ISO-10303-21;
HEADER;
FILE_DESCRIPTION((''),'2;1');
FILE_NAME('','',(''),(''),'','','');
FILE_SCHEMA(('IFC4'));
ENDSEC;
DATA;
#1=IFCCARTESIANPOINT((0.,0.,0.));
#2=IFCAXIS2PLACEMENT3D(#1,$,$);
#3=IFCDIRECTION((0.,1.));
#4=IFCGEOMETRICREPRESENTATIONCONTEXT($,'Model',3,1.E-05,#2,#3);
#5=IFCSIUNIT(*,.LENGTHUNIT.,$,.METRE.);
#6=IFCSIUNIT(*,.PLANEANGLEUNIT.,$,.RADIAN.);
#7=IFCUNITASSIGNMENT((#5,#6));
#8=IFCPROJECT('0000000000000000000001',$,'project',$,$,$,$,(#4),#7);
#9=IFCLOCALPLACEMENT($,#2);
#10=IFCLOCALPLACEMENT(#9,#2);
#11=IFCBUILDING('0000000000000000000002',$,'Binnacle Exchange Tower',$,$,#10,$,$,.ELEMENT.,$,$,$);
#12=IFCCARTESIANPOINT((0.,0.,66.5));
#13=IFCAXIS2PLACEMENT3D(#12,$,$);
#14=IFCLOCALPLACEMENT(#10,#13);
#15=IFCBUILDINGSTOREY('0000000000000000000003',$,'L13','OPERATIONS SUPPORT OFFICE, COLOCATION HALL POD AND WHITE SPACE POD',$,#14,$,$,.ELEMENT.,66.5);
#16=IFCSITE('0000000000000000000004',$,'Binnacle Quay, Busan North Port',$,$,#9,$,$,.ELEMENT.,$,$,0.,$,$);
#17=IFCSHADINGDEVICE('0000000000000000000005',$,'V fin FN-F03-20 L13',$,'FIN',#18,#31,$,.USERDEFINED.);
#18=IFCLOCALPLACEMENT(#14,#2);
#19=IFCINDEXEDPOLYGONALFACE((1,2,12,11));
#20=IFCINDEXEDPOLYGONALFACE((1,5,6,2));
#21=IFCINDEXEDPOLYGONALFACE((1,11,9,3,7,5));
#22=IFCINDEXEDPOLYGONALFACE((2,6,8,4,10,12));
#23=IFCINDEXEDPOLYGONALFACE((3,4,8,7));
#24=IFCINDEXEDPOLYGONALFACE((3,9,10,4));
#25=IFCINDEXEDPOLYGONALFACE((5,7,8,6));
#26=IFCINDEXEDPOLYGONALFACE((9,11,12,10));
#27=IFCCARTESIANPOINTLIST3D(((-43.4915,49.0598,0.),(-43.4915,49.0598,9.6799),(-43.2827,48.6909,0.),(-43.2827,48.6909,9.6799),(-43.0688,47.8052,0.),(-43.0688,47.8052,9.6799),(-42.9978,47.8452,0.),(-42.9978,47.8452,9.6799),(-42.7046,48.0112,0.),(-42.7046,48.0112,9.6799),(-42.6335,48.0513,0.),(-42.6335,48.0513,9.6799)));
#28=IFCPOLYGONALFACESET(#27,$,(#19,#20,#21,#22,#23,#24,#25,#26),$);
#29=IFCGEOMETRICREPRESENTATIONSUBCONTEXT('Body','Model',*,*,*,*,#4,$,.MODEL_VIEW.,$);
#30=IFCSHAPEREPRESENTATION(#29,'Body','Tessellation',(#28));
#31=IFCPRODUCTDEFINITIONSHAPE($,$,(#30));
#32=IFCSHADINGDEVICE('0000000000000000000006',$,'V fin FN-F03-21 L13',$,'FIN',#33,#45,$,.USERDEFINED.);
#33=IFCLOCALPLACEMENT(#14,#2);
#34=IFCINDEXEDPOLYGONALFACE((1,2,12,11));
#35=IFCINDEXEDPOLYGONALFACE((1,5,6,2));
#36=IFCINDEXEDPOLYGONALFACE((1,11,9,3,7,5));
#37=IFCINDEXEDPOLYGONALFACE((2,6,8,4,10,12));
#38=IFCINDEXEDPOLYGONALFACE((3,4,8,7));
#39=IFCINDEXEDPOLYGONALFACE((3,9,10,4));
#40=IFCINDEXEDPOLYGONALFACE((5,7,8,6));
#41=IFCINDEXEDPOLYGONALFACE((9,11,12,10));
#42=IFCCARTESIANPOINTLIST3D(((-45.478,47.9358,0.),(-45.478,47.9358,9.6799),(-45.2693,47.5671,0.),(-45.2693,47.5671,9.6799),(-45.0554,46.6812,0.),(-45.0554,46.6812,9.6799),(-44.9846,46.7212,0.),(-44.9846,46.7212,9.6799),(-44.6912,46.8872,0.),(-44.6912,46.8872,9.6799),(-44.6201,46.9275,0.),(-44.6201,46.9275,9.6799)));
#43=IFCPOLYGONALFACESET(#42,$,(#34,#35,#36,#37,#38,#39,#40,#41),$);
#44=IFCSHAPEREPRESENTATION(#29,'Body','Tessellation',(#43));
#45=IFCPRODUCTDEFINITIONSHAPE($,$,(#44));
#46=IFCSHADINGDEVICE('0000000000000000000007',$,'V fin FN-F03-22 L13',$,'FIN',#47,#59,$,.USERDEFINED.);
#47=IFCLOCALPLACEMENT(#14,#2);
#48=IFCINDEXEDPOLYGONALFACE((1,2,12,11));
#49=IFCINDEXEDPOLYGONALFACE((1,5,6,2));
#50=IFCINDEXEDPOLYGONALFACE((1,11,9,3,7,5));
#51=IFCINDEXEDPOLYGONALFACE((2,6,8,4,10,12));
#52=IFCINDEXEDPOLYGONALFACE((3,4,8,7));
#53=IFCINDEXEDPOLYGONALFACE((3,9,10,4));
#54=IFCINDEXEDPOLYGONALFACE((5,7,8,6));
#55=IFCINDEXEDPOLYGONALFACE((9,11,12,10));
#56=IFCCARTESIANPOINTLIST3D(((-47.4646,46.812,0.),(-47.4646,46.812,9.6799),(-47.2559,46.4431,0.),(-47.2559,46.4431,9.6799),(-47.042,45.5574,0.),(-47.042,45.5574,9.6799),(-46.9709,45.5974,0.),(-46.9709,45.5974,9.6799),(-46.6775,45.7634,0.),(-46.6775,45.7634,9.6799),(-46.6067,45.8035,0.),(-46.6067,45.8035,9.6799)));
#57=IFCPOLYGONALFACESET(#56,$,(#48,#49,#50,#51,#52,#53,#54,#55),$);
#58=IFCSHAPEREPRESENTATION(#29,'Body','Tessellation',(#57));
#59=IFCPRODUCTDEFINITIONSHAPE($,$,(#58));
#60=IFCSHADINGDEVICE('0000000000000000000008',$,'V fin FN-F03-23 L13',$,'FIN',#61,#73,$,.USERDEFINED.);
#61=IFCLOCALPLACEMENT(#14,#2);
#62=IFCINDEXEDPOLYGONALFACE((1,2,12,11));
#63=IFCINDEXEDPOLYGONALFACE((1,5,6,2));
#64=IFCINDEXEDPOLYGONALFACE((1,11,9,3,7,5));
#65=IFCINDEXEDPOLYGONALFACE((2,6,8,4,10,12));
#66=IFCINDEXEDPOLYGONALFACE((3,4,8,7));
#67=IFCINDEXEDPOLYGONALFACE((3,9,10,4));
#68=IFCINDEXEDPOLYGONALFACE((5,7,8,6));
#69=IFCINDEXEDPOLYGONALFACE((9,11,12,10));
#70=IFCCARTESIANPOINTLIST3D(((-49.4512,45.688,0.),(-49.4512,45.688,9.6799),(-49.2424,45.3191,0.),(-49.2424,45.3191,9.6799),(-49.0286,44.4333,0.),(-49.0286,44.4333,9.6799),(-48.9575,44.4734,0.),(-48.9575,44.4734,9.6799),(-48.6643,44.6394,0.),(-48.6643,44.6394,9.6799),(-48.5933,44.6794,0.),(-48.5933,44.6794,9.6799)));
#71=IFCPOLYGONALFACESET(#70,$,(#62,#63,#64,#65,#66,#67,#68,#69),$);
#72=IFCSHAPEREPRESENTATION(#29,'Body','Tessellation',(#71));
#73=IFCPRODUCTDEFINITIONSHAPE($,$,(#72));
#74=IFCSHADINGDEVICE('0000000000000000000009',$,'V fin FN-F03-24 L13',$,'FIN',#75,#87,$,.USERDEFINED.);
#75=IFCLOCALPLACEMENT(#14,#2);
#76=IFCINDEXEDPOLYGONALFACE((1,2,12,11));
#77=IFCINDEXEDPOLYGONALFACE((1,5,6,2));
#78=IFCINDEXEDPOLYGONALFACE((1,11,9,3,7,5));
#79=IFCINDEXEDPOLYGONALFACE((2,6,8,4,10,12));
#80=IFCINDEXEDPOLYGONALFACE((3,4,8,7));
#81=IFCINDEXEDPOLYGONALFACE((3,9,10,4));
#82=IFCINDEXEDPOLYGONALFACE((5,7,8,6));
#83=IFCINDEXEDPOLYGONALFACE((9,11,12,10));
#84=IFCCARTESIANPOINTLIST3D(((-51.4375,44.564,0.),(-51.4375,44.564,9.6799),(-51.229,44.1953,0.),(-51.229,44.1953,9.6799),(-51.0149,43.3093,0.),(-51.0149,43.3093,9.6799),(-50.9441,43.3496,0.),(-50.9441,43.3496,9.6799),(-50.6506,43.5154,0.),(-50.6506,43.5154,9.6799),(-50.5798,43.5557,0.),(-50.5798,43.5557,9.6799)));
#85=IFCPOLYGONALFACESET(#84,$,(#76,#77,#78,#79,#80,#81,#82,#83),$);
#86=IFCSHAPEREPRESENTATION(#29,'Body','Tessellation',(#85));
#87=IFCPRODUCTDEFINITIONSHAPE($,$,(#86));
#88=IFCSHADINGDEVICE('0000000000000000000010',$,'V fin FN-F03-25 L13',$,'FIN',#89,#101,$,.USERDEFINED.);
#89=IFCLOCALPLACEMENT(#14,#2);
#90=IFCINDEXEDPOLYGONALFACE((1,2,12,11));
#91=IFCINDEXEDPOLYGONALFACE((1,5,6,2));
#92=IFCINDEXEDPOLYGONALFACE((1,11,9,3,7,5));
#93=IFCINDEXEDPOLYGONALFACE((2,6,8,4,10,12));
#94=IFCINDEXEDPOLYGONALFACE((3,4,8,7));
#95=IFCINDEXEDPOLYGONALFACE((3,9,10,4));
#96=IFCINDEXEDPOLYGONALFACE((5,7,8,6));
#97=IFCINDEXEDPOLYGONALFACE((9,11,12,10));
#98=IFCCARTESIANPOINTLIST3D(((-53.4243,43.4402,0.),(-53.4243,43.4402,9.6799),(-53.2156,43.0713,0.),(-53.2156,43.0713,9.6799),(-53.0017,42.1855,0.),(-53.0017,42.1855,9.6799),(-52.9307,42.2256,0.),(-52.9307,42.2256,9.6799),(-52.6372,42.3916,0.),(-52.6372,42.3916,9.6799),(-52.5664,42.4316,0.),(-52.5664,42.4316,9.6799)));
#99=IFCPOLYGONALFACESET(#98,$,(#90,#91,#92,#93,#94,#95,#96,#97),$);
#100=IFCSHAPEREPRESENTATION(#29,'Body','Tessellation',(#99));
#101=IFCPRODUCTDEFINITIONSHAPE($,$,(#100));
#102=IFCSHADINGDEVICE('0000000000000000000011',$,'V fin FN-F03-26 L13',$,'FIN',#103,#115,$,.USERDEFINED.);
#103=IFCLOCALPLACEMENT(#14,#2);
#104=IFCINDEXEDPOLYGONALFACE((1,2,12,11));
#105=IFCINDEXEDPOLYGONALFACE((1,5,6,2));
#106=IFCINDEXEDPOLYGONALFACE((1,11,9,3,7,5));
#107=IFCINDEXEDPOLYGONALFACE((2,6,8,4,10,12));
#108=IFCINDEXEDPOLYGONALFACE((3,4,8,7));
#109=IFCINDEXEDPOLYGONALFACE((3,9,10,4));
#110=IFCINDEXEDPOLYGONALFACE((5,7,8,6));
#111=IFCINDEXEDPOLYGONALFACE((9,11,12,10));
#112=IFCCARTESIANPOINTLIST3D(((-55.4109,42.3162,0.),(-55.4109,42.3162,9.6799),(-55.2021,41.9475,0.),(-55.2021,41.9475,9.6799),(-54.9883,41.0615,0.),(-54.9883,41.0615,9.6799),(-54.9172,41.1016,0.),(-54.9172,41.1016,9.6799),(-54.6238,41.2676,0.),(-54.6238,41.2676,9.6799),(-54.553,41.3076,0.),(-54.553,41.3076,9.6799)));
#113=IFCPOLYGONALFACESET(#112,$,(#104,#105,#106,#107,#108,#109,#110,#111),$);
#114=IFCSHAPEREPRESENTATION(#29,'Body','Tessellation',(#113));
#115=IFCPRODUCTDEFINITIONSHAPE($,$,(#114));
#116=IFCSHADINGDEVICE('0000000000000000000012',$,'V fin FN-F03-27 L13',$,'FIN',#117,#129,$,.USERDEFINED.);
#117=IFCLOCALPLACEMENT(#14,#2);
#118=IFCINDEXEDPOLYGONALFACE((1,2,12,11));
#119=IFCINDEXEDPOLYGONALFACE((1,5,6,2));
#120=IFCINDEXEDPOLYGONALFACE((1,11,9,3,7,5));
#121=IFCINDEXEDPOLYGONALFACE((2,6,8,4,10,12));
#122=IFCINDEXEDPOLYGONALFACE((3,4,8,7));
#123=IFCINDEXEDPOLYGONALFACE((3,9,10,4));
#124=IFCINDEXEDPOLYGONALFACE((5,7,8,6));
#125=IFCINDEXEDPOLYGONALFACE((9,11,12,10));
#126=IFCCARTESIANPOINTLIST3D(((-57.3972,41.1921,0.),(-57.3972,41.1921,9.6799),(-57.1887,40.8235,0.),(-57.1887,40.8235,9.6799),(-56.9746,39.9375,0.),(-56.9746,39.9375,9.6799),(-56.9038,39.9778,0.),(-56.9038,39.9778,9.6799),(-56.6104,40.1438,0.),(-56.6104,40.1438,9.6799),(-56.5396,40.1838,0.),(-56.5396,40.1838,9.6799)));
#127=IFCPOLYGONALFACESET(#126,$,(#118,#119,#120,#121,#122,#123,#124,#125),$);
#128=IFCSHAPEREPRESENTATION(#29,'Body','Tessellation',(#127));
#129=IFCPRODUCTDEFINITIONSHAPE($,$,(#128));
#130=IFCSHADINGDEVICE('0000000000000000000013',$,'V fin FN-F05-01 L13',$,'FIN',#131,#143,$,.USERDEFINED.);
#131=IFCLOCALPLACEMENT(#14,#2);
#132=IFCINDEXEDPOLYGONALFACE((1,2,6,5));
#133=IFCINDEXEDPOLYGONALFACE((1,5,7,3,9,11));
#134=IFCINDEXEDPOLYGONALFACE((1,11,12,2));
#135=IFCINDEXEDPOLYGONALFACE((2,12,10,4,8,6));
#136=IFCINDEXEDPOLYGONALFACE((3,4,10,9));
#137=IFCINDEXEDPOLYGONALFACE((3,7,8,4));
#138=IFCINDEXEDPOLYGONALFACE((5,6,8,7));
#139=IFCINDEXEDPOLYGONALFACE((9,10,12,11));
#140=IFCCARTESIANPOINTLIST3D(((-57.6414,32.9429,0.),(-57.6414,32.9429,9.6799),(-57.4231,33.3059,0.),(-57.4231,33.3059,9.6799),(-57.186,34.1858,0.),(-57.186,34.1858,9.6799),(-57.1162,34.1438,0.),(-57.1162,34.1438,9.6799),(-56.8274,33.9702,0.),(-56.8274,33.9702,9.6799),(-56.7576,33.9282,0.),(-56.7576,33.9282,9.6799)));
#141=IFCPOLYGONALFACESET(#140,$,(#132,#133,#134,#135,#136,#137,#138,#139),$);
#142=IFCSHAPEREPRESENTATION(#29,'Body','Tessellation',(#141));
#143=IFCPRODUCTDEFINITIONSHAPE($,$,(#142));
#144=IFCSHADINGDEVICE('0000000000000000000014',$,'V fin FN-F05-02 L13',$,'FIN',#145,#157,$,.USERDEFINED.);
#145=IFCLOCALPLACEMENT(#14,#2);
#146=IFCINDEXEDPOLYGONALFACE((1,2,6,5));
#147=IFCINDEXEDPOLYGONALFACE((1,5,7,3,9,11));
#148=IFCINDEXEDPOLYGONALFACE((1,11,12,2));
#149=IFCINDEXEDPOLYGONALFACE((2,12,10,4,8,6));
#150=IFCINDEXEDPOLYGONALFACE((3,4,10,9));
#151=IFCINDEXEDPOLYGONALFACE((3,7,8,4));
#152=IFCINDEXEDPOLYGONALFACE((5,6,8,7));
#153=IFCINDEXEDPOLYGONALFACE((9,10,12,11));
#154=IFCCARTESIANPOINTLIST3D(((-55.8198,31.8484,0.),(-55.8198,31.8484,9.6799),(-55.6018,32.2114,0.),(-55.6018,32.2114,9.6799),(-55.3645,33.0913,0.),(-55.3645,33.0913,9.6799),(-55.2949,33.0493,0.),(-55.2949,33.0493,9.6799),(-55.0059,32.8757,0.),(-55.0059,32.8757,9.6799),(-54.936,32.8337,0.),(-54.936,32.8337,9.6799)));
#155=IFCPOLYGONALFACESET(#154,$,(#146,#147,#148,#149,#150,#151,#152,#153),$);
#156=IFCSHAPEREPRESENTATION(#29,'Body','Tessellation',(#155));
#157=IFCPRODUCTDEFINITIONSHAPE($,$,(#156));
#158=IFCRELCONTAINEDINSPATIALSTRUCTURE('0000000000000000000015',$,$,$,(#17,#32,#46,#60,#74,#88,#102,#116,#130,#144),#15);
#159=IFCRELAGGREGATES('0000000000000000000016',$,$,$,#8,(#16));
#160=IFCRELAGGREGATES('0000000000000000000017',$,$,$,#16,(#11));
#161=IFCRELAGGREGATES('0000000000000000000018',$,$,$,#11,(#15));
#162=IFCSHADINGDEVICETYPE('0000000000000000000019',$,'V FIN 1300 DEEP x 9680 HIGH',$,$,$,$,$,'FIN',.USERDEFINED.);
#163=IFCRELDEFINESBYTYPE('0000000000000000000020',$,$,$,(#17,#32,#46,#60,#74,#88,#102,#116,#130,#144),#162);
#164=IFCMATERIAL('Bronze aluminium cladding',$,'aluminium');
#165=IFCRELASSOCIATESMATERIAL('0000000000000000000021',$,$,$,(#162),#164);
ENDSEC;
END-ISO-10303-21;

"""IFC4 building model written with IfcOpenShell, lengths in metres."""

from ifc_helpers import new_model, si_unit, direction, frame, origin, place, context, subcontext, project, spatial, polyline, outline, extrude, material, type_object, element, save


model = new_model("IFC4")

# Units and contexts
model_context = context("Model", 3, precision=1e-05, world=origin(), true_north=direction((0.0, 1.0)))
body_context = subcontext(model_context, "Body", "Model", "MODEL_VIEW")
ifc_project = project(units=[si_unit("LENGTHUNIT", "METRE"), si_unit("PLANEANGLEUNIT", "RADIAN")], contexts=[model_context])

# Site, building, storey
site_placement = place(None, origin())
site = spatial("IfcSite", under=ifc_project, at=site_placement, Name="Binnacle Quay, Busan North Port", CompositionType="ELEMENT", RefElevation=0.0)
building_placement = place(site_placement, origin())
building = spatial("IfcBuilding", under=site, at=building_placement, Name="Binnacle Exchange Tower", CompositionType="ELEMENT")
storey_placement = place(building_placement, frame((0.0, 0.0, 66.5)))
storey = spatial("IfcBuildingStorey", under=building, at=storey_placement, Name="L13", Description="OPERATIONS SUPPORT OFFICE, COLOCATION HALL POD AND WHITE SPACE POD", CompositionType="ELEMENT", Elevation=66.5)

# Shading devices
ifc_material = material(Name="Bronze aluminium cladding", Category="aluminium")
shading_device_type = type_object("IfcShadingDeviceType", Name="V FIN 1300 DEEP x 9680 HIGH", ElementType="FIN", PredefinedType="USERDEFINED", material=ifc_material)
shading_device_1_placement = place(storey_placement, origin())
element("IfcShadingDevice", 1, at=shading_device_1_placement, inside=storey, type_object=shading_device_type, Name="V fin FN-F03-20 L13", ObjectType="FIN", PredefinedType="USERDEFINED", context=body_context, shape_type="SweptSolid", body=[
    extrude(outline(polyline([(-42.6335, 48.0513), (-43.4915, 49.0598), (-43.0688, 47.8052), (-42.9978, 47.8452), (-43.2827, 48.6909), (-42.7046, 48.0112), (-42.6335, 48.0513)])), origin(), (0.0, 0.0, 1.0), 9.6799),
])
shading_device_2_placement = place(storey_placement, origin())
element("IfcShadingDevice", 2, at=shading_device_2_placement, inside=storey, type_object=shading_device_type, Name="V fin FN-F03-21 L13", ObjectType="FIN", PredefinedType="USERDEFINED", context=body_context, shape_type="SweptSolid", body=[
    extrude(outline(polyline([(-44.6201, 46.9275), (-45.478, 47.9358), (-45.0554, 46.6812), (-44.9846, 46.7212), (-45.2693, 47.5671), (-44.6912, 46.8872), (-44.6201, 46.9275)])), origin(), (0.0, 0.0, 1.0), 9.6799),
])
shading_device_3_placement = place(storey_placement, origin())
element("IfcShadingDevice", 3, at=shading_device_3_placement, inside=storey, type_object=shading_device_type, Name="V fin FN-F03-22 L13", ObjectType="FIN", PredefinedType="USERDEFINED", context=body_context, shape_type="SweptSolid", body=[
    extrude(outline(polyline([(-46.6067, 45.8035), (-47.4646, 46.812), (-47.042, 45.5574), (-46.9709, 45.5974), (-47.2559, 46.4431), (-46.6775, 45.7634), (-46.6067, 45.8035)])), origin(), (0.0, 0.0, 1.0), 9.6799),
])
shading_device_4_placement = place(storey_placement, origin())
element("IfcShadingDevice", 4, at=shading_device_4_placement, inside=storey, type_object=shading_device_type, Name="V fin FN-F03-23 L13", ObjectType="FIN", PredefinedType="USERDEFINED", context=body_context, shape_type="SweptSolid", body=[
    extrude(outline(polyline([(-48.5933, 44.6794), (-49.4512, 45.688), (-49.0286, 44.4333), (-48.9575, 44.4734), (-49.2424, 45.3191), (-48.6643, 44.6394), (-48.5933, 44.6794)])), origin(), (0.0, 0.0, 1.0), 9.6799),
])
shading_device_5_placement = place(storey_placement, origin())
element("IfcShadingDevice", 5, at=shading_device_5_placement, inside=storey, type_object=shading_device_type, Name="V fin FN-F03-24 L13", ObjectType="FIN", PredefinedType="USERDEFINED", context=body_context, shape_type="SweptSolid", body=[
    extrude(outline(polyline([(-50.5798, 43.5557), (-51.4375, 44.564), (-51.0149, 43.3093), (-50.9441, 43.3496), (-51.229, 44.1953), (-50.6506, 43.5154), (-50.5798, 43.5557)])), origin(), (0.0, 0.0, 1.0), 9.6799),
])
shading_device_6_placement = place(storey_placement, origin())
element("IfcShadingDevice", 6, at=shading_device_6_placement, inside=storey, type_object=shading_device_type, Name="V fin FN-F03-25 L13", ObjectType="FIN", PredefinedType="USERDEFINED", context=body_context, shape_type="SweptSolid", body=[
    extrude(outline(polyline([(-52.5664, 42.4316), (-53.4243, 43.4402), (-53.0017, 42.1855), (-52.9307, 42.2256), (-53.2156, 43.0713), (-52.6372, 42.3916), (-52.5664, 42.4316)])), origin(), (0.0, 0.0, 1.0), 9.6799),
])
shading_device_7_placement = place(storey_placement, origin())
element("IfcShadingDevice", 7, at=shading_device_7_placement, inside=storey, type_object=shading_device_type, Name="V fin FN-F03-26 L13", ObjectType="FIN", PredefinedType="USERDEFINED", context=body_context, shape_type="SweptSolid", body=[
    extrude(outline(polyline([(-54.553, 41.3076), (-55.4109, 42.3162), (-54.9883, 41.0615), (-54.9172, 41.1016), (-55.2021, 41.9475), (-54.6238, 41.2676), (-54.553, 41.3076)])), origin(), (0.0, 0.0, 1.0), 9.6799),
])
shading_device_8_placement = place(storey_placement, origin())
element("IfcShadingDevice", 8, at=shading_device_8_placement, inside=storey, type_object=shading_device_type, Name="V fin FN-F03-27 L13", ObjectType="FIN", PredefinedType="USERDEFINED", context=body_context, shape_type="SweptSolid", body=[
    extrude(outline(polyline([(-56.5396, 40.1838), (-57.3972, 41.1921), (-56.9746, 39.9375), (-56.9038, 39.9778), (-57.1887, 40.8235), (-56.6104, 40.1438), (-56.5396, 40.1838)])), origin(), (0.0, 0.0, 1.0), 9.6799),
])
shading_device_9_placement = place(storey_placement, origin())
element("IfcShadingDevice", 9, at=shading_device_9_placement, inside=storey, type_object=shading_device_type, Name="V fin FN-F05-01 L13", ObjectType="FIN", PredefinedType="USERDEFINED", context=body_context, shape_type="SweptSolid", body=[
    extrude(outline(polyline([(-57.186, 34.1858), (-57.6414, 32.9429), (-56.7576, 33.9282), (-56.8274, 33.9702), (-57.4231, 33.3059), (-57.1162, 34.1438), (-57.186, 34.1858)])), origin(), (0.0, 0.0, 1.0), 9.6799),
])
shading_device_10_placement = place(storey_placement, origin())
element("IfcShadingDevice", 10, at=shading_device_10_placement, inside=storey, type_object=shading_device_type, Name="V fin FN-F05-02 L13", ObjectType="FIN", PredefinedType="USERDEFINED", context=body_context, shape_type="SweptSolid", body=[
    extrude(outline(polyline([(-55.3645, 33.0913), (-55.8198, 31.8484), (-54.936, 32.8337), (-55.0059, 32.8757), (-55.6018, 32.2114), (-55.2949, 33.0493), (-55.3645, 33.0913)])), origin(), (0.0, 0.0, 1.0), 9.6799),
])

save(model, "model.ifc")
